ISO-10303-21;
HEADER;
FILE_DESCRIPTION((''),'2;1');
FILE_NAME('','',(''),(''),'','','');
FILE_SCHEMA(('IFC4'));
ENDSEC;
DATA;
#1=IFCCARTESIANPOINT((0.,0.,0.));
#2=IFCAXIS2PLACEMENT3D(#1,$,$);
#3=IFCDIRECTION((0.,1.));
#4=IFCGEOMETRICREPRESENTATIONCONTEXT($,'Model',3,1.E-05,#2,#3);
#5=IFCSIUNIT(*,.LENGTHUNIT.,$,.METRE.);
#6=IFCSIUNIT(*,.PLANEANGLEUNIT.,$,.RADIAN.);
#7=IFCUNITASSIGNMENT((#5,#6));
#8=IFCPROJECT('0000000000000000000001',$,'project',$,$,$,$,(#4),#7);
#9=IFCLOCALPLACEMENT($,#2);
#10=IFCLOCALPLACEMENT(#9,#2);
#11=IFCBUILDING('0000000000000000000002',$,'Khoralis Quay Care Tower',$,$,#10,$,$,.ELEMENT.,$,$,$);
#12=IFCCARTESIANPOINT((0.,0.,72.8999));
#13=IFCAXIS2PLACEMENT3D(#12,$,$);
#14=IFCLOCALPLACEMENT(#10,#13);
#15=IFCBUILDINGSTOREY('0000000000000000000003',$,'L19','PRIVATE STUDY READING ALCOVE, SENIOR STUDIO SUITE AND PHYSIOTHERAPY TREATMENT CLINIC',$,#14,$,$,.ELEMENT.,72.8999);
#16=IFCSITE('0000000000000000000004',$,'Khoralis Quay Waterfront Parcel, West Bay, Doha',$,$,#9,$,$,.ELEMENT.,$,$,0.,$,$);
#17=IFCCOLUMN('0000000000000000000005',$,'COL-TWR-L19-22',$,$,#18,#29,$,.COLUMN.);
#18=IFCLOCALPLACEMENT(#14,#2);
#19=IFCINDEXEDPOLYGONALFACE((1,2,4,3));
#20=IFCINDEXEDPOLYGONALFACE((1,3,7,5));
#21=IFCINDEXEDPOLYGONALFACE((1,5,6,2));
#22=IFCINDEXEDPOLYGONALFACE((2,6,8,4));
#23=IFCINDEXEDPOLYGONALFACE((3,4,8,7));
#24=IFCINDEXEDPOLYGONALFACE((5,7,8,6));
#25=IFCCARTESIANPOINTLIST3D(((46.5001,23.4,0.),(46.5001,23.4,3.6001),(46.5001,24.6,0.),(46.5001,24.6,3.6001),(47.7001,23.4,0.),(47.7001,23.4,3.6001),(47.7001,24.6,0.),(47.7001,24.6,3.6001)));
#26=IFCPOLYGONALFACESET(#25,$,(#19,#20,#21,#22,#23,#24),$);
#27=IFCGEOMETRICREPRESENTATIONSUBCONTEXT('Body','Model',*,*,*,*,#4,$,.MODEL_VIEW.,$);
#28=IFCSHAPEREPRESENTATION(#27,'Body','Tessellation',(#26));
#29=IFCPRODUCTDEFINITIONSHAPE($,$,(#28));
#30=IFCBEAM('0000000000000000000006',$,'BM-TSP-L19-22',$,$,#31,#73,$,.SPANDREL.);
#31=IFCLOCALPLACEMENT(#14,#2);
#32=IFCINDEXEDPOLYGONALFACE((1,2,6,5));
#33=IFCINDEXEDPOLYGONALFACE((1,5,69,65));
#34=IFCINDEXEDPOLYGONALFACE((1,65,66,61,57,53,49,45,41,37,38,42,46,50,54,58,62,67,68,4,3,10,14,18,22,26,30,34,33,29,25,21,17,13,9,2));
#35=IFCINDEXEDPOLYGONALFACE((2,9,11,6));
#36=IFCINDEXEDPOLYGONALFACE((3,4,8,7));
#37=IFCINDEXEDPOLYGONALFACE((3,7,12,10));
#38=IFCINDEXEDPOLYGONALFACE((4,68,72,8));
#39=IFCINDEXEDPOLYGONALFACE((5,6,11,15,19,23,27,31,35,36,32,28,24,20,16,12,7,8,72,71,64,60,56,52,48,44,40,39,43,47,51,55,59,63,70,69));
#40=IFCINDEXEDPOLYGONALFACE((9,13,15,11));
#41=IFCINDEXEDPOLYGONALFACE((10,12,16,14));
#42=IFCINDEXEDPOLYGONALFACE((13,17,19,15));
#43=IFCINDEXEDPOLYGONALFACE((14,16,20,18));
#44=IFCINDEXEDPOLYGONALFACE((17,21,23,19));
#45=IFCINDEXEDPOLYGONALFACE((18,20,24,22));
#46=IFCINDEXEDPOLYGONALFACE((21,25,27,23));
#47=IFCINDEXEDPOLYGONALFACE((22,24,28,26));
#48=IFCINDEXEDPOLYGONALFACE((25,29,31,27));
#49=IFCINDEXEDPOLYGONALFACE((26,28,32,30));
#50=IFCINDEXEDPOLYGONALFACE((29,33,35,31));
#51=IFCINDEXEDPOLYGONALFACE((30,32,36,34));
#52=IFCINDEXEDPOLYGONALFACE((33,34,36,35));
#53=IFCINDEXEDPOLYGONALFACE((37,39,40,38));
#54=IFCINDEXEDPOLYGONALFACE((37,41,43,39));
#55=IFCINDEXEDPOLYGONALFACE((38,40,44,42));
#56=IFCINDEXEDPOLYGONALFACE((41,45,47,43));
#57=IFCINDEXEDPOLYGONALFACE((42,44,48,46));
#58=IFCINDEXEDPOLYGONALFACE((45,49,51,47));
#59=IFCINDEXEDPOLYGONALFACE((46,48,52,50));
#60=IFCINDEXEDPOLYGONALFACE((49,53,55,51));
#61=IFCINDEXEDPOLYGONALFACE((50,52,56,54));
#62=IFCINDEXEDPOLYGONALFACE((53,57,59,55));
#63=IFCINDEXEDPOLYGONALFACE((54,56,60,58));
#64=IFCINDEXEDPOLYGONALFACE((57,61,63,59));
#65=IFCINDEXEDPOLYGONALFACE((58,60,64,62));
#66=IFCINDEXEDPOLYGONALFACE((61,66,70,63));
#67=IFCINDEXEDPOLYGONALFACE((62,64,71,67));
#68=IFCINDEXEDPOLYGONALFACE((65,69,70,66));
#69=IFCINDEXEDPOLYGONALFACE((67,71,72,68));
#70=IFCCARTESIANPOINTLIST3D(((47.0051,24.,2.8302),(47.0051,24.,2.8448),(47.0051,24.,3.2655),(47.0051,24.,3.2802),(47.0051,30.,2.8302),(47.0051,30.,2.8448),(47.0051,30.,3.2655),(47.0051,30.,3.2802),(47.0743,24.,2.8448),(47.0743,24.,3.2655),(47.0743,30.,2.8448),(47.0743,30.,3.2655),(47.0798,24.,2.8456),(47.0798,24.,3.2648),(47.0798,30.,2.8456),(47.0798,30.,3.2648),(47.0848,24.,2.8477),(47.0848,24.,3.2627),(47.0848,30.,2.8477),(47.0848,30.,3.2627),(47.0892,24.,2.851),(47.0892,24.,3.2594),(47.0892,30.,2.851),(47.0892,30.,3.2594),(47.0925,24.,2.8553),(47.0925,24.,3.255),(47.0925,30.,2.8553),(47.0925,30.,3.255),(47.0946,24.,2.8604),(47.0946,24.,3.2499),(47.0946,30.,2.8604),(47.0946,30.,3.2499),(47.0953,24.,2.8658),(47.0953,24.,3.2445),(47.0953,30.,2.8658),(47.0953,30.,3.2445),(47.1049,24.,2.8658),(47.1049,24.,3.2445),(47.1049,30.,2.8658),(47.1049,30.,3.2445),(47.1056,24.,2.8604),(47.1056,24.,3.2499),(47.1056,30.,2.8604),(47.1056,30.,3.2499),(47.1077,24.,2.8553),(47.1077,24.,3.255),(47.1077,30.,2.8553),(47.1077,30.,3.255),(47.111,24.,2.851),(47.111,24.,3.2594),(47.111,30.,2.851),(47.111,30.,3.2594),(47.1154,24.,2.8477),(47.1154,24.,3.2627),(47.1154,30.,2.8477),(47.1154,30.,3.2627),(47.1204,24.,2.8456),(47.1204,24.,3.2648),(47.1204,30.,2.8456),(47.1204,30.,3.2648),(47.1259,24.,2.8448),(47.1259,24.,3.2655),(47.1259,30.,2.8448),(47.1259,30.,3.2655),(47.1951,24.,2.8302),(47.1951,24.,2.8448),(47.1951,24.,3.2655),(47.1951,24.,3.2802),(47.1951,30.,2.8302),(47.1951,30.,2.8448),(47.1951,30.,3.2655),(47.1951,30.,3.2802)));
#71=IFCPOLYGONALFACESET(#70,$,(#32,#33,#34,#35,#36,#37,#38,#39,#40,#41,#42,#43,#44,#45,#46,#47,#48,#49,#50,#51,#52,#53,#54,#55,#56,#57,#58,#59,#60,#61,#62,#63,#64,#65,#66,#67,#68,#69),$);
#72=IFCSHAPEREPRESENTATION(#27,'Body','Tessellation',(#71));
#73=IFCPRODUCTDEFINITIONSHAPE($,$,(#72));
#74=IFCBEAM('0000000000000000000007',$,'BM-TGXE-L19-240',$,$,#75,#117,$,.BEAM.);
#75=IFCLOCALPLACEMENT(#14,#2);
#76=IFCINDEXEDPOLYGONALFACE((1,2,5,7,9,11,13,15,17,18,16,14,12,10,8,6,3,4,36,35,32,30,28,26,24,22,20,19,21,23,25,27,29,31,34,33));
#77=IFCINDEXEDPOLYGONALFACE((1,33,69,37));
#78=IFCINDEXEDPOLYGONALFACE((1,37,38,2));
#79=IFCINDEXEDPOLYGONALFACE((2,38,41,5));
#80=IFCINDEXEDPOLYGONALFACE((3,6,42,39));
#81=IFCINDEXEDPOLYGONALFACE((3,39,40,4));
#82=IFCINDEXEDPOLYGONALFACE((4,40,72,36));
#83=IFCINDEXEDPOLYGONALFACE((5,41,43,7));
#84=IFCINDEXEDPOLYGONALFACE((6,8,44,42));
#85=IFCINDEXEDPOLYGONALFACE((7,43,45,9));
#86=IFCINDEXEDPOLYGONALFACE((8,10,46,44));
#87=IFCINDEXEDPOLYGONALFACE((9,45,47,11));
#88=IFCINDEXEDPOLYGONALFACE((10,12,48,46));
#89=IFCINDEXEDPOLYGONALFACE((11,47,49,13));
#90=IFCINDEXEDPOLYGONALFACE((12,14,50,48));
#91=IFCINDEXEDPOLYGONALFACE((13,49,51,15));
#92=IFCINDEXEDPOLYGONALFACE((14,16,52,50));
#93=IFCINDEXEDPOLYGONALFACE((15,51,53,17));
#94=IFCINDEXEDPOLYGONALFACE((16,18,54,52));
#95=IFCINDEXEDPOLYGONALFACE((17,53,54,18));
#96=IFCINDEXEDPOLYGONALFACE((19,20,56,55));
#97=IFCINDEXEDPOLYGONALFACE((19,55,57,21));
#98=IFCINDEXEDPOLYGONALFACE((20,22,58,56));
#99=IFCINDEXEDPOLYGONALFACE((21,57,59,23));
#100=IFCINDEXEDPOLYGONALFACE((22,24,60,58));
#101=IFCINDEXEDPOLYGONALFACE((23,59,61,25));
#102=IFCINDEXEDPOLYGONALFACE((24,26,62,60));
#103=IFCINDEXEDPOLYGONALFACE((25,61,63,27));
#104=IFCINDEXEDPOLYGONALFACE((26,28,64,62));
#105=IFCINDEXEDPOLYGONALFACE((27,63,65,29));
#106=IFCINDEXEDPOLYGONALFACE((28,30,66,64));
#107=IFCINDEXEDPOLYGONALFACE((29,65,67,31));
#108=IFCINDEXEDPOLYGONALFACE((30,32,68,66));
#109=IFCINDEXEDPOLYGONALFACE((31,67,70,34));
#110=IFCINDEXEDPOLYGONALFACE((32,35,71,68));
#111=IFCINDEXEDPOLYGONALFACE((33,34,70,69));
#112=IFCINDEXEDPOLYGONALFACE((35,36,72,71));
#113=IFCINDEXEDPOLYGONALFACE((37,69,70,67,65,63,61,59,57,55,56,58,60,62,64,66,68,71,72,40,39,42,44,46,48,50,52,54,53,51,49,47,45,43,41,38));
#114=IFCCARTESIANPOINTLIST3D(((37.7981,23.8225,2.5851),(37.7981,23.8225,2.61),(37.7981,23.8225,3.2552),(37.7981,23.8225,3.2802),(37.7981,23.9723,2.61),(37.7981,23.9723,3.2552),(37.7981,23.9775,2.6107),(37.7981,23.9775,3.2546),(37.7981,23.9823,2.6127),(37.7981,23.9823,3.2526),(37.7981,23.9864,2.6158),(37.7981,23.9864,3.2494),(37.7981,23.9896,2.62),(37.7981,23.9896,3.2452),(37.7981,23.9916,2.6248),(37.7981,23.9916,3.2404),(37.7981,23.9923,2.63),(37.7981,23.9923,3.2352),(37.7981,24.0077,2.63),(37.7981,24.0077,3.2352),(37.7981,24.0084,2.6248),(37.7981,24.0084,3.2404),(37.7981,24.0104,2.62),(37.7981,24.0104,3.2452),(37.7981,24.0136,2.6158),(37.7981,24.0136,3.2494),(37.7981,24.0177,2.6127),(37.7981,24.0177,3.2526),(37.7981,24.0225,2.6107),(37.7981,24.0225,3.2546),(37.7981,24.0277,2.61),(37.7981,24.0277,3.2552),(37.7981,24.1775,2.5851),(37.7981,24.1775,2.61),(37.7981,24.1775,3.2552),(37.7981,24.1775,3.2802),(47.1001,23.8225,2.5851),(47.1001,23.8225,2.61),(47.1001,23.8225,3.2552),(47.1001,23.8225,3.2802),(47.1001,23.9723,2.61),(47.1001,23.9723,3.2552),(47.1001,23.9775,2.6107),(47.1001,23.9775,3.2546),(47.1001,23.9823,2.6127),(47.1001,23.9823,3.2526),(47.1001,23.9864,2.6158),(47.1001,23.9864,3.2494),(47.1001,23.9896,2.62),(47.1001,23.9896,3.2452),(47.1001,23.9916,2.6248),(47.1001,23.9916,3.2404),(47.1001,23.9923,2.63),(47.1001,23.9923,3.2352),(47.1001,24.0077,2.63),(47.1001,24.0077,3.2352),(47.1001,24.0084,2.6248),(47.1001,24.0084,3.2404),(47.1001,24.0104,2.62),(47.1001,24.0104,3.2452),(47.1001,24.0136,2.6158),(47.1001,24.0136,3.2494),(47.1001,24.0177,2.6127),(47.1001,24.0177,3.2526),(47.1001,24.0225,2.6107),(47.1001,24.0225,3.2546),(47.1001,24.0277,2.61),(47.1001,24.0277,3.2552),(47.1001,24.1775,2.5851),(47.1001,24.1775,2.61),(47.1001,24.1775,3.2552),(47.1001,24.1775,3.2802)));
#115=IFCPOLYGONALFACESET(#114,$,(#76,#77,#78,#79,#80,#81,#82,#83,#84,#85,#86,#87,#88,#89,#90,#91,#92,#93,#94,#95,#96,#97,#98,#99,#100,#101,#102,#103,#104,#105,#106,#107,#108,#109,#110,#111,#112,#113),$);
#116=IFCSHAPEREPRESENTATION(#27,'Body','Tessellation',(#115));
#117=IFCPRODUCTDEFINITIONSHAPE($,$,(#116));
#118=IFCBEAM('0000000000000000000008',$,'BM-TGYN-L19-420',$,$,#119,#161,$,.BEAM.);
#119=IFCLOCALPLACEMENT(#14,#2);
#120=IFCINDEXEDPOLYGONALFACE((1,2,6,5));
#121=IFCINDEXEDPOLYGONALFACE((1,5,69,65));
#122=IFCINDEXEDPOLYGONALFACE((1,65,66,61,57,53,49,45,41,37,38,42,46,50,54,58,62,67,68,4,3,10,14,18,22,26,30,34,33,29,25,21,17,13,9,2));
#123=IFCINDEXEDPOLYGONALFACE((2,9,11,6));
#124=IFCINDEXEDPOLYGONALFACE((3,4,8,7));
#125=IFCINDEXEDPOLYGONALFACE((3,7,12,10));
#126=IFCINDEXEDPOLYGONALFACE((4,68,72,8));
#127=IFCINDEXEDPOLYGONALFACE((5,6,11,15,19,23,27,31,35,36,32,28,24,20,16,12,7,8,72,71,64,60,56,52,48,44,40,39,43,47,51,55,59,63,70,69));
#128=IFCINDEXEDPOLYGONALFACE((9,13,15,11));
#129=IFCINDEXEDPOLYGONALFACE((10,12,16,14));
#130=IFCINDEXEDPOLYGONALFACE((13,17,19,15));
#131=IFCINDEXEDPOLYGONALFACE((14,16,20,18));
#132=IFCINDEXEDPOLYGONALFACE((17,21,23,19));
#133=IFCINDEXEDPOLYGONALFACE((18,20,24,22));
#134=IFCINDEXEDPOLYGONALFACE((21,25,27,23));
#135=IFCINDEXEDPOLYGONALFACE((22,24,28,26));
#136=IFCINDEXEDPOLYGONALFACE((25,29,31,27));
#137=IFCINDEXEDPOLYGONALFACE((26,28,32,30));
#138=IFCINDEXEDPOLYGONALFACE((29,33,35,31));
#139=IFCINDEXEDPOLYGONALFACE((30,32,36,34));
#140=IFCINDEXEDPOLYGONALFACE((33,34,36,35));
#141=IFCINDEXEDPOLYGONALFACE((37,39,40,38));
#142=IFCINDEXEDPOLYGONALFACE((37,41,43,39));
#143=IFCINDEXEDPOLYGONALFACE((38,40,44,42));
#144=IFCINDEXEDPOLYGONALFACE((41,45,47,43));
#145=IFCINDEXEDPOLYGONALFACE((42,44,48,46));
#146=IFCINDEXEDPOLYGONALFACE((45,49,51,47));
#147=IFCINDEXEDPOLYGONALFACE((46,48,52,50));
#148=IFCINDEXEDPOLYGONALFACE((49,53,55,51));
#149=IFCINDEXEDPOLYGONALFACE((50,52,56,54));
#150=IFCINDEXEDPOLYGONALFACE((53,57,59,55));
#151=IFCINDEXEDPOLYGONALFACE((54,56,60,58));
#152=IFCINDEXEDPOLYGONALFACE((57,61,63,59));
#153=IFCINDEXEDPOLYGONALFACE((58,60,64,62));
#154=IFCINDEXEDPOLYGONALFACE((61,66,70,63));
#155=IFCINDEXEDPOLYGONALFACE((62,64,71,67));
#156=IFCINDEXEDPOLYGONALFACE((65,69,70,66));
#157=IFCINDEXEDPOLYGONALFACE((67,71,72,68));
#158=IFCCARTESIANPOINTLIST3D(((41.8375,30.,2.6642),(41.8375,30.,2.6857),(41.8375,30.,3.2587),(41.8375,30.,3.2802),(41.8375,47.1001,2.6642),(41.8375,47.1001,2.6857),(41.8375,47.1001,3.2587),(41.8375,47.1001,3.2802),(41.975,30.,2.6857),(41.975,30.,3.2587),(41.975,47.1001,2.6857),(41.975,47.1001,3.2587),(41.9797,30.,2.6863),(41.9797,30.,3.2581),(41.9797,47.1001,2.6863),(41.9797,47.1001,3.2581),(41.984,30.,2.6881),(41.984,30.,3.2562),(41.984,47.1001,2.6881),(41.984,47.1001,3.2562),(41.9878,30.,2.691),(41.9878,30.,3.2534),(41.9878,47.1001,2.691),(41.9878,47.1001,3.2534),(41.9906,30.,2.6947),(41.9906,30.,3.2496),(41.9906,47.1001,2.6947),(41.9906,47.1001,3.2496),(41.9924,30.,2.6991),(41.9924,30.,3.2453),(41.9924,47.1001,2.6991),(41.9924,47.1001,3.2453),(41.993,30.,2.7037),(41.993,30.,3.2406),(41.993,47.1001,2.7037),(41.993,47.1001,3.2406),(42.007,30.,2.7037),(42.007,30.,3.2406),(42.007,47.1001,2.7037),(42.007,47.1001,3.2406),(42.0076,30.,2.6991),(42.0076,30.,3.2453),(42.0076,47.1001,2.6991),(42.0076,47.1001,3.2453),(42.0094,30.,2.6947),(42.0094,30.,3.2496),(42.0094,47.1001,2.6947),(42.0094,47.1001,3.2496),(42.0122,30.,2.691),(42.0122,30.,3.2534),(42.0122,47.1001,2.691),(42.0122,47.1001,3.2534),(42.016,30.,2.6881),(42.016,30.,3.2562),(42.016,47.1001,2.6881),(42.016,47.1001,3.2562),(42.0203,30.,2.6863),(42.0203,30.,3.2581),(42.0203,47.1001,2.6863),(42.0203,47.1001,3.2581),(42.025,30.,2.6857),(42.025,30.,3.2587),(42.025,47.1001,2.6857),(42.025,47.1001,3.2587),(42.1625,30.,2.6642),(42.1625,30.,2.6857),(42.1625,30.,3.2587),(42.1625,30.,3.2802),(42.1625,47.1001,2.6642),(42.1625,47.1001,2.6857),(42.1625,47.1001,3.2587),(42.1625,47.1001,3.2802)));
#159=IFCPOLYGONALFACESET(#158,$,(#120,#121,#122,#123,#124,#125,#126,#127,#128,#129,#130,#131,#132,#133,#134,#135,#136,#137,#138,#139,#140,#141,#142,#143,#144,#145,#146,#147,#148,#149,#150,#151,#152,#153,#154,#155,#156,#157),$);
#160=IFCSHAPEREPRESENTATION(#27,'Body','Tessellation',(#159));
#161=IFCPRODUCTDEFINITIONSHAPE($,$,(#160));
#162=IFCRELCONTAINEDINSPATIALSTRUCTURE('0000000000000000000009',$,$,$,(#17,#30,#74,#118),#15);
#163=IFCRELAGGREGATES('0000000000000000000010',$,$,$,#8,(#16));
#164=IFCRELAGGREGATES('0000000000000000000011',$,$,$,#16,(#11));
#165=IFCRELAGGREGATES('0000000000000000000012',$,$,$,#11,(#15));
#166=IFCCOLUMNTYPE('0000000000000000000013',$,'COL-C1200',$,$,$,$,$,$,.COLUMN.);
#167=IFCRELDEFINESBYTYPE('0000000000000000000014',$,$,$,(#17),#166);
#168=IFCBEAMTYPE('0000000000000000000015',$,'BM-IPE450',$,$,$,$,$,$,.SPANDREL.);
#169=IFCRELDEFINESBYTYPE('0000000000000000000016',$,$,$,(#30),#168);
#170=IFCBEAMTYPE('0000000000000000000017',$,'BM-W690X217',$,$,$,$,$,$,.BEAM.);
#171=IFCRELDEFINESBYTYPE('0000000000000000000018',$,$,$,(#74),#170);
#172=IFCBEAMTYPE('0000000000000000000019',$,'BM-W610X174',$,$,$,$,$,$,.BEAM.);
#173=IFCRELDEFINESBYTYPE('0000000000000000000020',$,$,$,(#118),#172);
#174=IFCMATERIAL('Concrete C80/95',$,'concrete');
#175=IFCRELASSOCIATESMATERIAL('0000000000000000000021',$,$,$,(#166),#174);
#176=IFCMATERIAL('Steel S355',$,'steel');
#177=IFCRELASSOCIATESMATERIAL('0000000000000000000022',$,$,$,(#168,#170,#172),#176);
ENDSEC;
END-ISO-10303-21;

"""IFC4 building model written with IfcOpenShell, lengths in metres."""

from ifc_helpers import new_model, si_unit, direction, frame, origin, origin_2d, place, context, subcontext, project, spatial, rectangle, i_section, extrude, source, transform, mapped, material, material_profile, profile_set, type_object, element, save


model = new_model("IFC4")

# Units and contexts
model_context = context("Model", 3, precision=1e-05, world=origin(), true_north=direction((0.0, 1.0)))
body_context = subcontext(model_context, "Body", "Model", "MODEL_VIEW")
ifc_project = project(units=[si_unit("LENGTHUNIT", "METRE"), si_unit("PLANEANGLEUNIT", "RADIAN")], contexts=[model_context])

# Site, building, storey
site_placement = place(None, origin())
site = spatial("IfcSite", under=ifc_project, at=site_placement, Name="Khoralis Quay Waterfront Parcel, West Bay, Doha", CompositionType="ELEMENT", RefElevation=0.0)
building_placement = place(site_placement, origin())
building = spatial("IfcBuilding", under=site, at=building_placement, Name="Khoralis Quay Care Tower", CompositionType="ELEMENT")
storey_placement = place(building_placement, frame((0.0, 0.0, 72.8999)))
storey = spatial("IfcBuildingStorey", under=building, at=storey_placement, Name="L19", Description="PRIVATE STUDY READING ALCOVE, SENIOR STUDIO SUITE AND PHYSIOTHERAPY TREATMENT CLINIC", CompositionType="ELEMENT", Elevation=72.8999)

# Column
ifc_material_1 = material(Name="Concrete C80/95", Category="concrete")
ifc_material_profile_1 = material_profile(ifc_material_1, rectangle(XDim=1.2, YDim=1.2, at=origin_2d()), Name="Concrete C80/95")
ifc_profile_set_1 = profile_set([ifc_material_profile_1], Name="Concrete C80/95")
column_type = type_object("IfcColumnType", Name="COL-C1200", PredefinedType="COLUMN", material=ifc_profile_set_1)
shared_shape_1 = source(origin(), body_context, "Body", "SweptSolid", [
    extrude(rectangle(XDim=1.2, YDim=1.2, at=origin_2d()), origin(), (0.0, 0.0, 1.0), 3.6001),
])
column_placement = place(storey_placement, frame((47.1001, 24.0, 0.0), z_axis=(0.0, 0.0, 1.0), x_axis=(1.0, 0.0, 0.0)))
element("IfcColumn", 1, at=column_placement, inside=storey, type_object=column_type, Name="COL-TWR-L19-22", PredefinedType="COLUMN", context=body_context, shape_type="MappedRepresentation", body=[
    mapped(shared_shape_1, transform((0.0, 0.0, 0.0), scale=1.0)),
])

# Beams
ifc_material_2 = material(Name="Steel S355", Category="steel")
ifc_material_profile_2 = material_profile(ifc_material_2, i_section(OverallWidth=0.1899, OverallDepth=0.45, WebThickness=0.0095, FlangeThickness=0.0146, FilletRadius=0.021, at=origin_2d()), Name="Steel S355")
ifc_profile_set_2 = profile_set([ifc_material_profile_2], Name="Steel S355")
beam_type_1 = type_object("IfcBeamType", Name="BM-IPE450", PredefinedType="SPANDREL", material=ifc_profile_set_2)
shared_shape_2 = source(origin(), body_context, "Body", "SweptSolid", [
    extrude(i_section(OverallWidth=0.1899, OverallDepth=0.45, WebThickness=0.0095, FlangeThickness=0.0146, FilletRadius=0.021, at=origin_2d()), origin(), (0.0, 0.0, 1.0), 6.0),
])
beam_1_placement = place(storey_placement, frame((47.1001, 24.0, 3.0552), z_axis=(0.0, 1.0, 0.0), x_axis=(-1.0, 0.0, 0.0)))
element("IfcBeam", 2, at=beam_1_placement, inside=storey, type_object=beam_type_1, Name="BM-TSP-L19-22", PredefinedType="SPANDREL", context=body_context, shape_type="MappedRepresentation", body=[
    mapped(shared_shape_2, transform((0.0, 0.0, 0.0), scale=1.0)),
])
ifc_material_profile_3 = material_profile(ifc_material_2, i_section(OverallWidth=0.355, OverallDepth=0.6951, WebThickness=0.0154, FlangeThickness=0.0249, FilletRadius=0.02, at=origin_2d()), Name="Steel S355")
ifc_profile_set_3 = profile_set([ifc_material_profile_3], Name="Steel S355")
beam_type_2 = type_object("IfcBeamType", Name="BM-W690X217", PredefinedType="BEAM", material=ifc_profile_set_3)
shared_shape_3 = source(origin(), body_context, "Body", "SweptSolid", [
    extrude(i_section(OverallWidth=0.355, OverallDepth=0.6951, WebThickness=0.0154, FlangeThickness=0.0249, FilletRadius=0.02, at=origin_2d()), origin(), (0.0, 0.0, 1.0), 9.302),
])
beam_2_placement = place(storey_placement, frame((37.7981, 24.0, 2.9326), z_axis=(1.0, 0.0, 0.0), x_axis=(0.0, 1.0, 0.0)))
element("IfcBeam", 3, at=beam_2_placement, inside=storey, type_object=beam_type_2, Name="BM-TGXE-L19-240", PredefinedType="BEAM", context=body_context, shape_type="MappedRepresentation", body=[
    mapped(shared_shape_3, transform((0.0, 0.0, 0.0), scale=1.0)),
])
ifc_material_profile_4 = material_profile(ifc_material_2, i_section(OverallWidth=0.325, OverallDepth=0.616, WebThickness=0.0139, FlangeThickness=0.0215, FilletRadius=0.0181, at=origin_2d()), Name="Steel S355")
ifc_profile_set_4 = profile_set([ifc_material_profile_4], Name="Steel S355")
beam_type_3 = type_object("IfcBeamType", Name="BM-W610X174", PredefinedType="BEAM", material=ifc_profile_set_4)
shared_shape_4 = source(origin(), body_context, "Body", "SweptSolid", [
    extrude(i_section(OverallWidth=0.325, OverallDepth=0.616, WebThickness=0.0139, FlangeThickness=0.0215, FilletRadius=0.0181, at=origin_2d()), origin(), (0.0, 0.0, 1.0), 17.1001),
])
beam_3_placement = place(storey_placement, frame((42.0, 30.0, 2.9722), z_axis=(0.0, 1.0, 0.0), x_axis=(-1.0, 0.0, 0.0)))
element("IfcBeam", 4, at=beam_3_placement, inside=storey, type_object=beam_type_3, Name="BM-TGYN-L19-420", PredefinedType="BEAM", context=body_context, shape_type="MappedRepresentation", body=[
    mapped(shared_shape_4, transform((0.0, 0.0, 0.0), scale=1.0)),
])

save(model, "model.ifc")
